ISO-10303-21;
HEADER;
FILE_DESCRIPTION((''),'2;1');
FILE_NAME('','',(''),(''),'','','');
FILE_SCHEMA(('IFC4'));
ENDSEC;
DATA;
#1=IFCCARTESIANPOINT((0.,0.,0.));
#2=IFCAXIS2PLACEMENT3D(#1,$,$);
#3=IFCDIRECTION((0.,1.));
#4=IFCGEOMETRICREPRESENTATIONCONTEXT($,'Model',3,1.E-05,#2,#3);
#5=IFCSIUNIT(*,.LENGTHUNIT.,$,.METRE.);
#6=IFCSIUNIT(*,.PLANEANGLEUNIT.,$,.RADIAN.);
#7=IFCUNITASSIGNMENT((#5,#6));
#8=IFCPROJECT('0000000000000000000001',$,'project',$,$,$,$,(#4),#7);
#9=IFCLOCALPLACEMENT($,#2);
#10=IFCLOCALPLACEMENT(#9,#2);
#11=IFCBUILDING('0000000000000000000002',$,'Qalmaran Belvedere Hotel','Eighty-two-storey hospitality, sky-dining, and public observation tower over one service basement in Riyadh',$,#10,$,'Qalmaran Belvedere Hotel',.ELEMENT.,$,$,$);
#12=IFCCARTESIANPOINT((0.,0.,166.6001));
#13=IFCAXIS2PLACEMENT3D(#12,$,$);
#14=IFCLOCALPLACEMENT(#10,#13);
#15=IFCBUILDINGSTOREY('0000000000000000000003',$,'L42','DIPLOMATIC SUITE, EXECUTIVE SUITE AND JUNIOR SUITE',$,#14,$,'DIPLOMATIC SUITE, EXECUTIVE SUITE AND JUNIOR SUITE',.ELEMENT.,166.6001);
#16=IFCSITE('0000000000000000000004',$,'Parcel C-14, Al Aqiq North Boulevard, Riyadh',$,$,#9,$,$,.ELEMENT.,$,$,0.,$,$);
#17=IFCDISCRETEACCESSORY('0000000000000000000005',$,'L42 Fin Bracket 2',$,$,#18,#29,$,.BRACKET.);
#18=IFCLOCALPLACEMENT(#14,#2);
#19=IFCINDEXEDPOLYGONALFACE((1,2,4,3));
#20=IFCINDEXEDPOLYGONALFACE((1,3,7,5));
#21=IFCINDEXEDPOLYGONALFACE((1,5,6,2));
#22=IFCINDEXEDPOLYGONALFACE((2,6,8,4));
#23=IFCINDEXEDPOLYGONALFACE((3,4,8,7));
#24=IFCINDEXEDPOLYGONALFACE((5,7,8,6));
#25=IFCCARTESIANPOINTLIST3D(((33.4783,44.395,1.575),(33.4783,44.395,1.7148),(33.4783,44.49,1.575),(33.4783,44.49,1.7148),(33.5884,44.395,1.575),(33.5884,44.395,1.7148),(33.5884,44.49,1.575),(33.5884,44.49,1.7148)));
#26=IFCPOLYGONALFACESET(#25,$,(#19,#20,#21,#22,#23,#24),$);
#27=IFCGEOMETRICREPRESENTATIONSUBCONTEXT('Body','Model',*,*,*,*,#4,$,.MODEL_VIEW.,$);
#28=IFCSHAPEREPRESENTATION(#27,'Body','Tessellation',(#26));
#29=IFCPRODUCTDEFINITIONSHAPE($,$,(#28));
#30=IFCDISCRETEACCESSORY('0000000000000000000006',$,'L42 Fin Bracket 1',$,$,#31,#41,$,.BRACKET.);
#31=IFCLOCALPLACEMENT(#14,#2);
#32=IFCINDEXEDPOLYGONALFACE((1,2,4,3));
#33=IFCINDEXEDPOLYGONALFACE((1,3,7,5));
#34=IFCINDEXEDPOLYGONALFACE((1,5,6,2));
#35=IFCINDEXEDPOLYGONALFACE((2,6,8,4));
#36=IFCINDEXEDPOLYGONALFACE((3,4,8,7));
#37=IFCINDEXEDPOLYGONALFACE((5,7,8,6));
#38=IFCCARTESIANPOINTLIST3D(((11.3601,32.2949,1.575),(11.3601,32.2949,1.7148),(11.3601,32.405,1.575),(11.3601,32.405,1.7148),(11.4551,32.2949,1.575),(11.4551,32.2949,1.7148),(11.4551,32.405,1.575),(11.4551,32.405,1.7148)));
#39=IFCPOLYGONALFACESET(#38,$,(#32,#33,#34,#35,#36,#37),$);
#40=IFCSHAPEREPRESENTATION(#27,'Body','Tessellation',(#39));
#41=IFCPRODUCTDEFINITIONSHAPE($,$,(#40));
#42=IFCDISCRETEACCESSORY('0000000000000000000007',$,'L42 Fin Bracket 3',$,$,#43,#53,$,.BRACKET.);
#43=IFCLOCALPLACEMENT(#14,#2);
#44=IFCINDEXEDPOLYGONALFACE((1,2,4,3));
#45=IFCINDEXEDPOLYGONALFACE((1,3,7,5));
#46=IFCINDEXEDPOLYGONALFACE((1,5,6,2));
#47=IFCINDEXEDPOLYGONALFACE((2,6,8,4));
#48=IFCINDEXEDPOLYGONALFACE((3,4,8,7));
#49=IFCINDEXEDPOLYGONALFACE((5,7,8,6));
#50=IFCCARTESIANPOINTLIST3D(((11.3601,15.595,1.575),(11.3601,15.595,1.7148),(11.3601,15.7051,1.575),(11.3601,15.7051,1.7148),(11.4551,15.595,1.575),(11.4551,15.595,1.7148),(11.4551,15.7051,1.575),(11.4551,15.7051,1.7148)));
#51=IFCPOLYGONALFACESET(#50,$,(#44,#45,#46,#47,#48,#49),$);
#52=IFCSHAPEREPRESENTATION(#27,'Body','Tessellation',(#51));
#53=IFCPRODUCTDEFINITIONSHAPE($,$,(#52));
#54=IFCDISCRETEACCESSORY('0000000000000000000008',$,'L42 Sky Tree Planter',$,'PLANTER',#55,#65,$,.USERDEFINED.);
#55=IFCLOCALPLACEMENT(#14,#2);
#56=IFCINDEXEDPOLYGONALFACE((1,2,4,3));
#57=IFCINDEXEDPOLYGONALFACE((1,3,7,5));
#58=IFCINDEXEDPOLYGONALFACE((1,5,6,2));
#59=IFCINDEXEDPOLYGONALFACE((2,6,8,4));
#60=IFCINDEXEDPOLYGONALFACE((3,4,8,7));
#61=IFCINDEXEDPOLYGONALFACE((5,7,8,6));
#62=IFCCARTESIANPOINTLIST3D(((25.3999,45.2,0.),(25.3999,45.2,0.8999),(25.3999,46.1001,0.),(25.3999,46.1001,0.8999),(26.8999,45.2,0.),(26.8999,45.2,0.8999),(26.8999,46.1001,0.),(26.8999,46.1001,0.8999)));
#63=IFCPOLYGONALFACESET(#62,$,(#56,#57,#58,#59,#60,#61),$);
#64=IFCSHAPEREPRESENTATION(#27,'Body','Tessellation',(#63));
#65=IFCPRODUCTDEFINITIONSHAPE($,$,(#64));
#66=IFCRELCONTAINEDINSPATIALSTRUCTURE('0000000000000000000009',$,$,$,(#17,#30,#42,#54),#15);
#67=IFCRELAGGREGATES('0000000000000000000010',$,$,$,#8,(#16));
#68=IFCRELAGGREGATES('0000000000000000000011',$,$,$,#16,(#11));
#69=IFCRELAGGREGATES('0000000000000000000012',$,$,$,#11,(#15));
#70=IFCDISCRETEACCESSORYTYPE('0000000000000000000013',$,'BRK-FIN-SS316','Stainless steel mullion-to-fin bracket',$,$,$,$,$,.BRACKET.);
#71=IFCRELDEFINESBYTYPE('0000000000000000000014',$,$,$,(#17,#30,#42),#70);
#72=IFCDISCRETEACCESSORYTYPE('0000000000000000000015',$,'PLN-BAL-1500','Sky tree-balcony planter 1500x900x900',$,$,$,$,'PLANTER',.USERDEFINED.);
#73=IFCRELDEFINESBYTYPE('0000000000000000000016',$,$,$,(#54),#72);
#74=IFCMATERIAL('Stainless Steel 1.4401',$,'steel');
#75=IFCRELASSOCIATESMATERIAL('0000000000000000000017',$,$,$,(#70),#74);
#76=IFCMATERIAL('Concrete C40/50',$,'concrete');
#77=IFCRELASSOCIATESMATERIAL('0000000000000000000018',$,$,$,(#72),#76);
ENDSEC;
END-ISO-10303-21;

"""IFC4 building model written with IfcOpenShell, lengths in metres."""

from ifc_helpers import new_model, si_unit, direction, frame, origin, place, context, subcontext, project, spatial, polyline, outline, extrude, material, type_object, element, save


model = new_model("IFC4")

# Units and contexts
model_context = context("Model", 3, precision=1e-05, world=origin(), true_north=direction((0.0, 1.0)))
body_context = subcontext(model_context, "Body", "Model", "MODEL_VIEW")
ifc_project = project(units=[si_unit("LENGTHUNIT", "METRE"), si_unit("PLANEANGLEUNIT", "RADIAN")], contexts=[model_context])

# Site, building, storey
site_placement = place(None, origin())
site = spatial("IfcSite", under=ifc_project, at=site_placement, Name="Parcel C-14, Al Aqiq North Boulevard, Riyadh", CompositionType="ELEMENT", RefElevation=0.0)
building_placement = place(site_placement, origin())
building = spatial("IfcBuilding", under=site, at=building_placement, Name="Qalmaran Belvedere Hotel", Description="Eighty-two-storey hospitality, sky-dining, and public observation tower over one service basement in Riyadh", LongName="Qalmaran Belvedere Hotel", CompositionType="ELEMENT")
storey_placement = place(building_placement, frame((0.0, 0.0, 166.6001)))
storey = spatial("IfcBuildingStorey", under=building, at=storey_placement, Name="L42", Description="DIPLOMATIC SUITE, EXECUTIVE SUITE AND JUNIOR SUITE", LongName="DIPLOMATIC SUITE, EXECUTIVE SUITE AND JUNIOR SUITE", CompositionType="ELEMENT", Elevation=166.6001)

# Shared definitions
ifc_material_1 = material(Name="Concrete C40/50", Category="concrete")

# Discrete accessories
ifc_material_2 = material(Name="Stainless Steel 1.4401", Category="steel")
discrete_accessory_type_1 = type_object("IfcDiscreteAccessoryType", Name="BRK-FIN-SS316", Description="Stainless steel mullion-to-fin bracket", PredefinedType="BRACKET", material=ifc_material_2)
discrete_accessory_1_placement = place(storey_placement, frame((0.0, 0.0, 1.575)))
element("IfcDiscreteAccessory", 1, at=discrete_accessory_1_placement, inside=storey, type_object=discrete_accessory_type_1, Name="L42 Fin Bracket 2", PredefinedType="BRACKET", context=body_context, shape_type="SweptSolid", body=[
    extrude(outline(polyline([(33.5884, 44.395), (33.5884, 44.49), (33.4783, 44.49), (33.4783, 44.395), (33.5884, 44.395)])), origin(), (0.0, 0.0, 1.0), 0.1399),
])
discrete_accessory_2_placement = place(storey_placement, frame((0.0, 0.0, 1.575)))
element("IfcDiscreteAccessory", 2, at=discrete_accessory_2_placement, inside=storey, type_object=discrete_accessory_type_1, Name="L42 Fin Bracket 1", PredefinedType="BRACKET", context=body_context, shape_type="SweptSolid", body=[
    extrude(outline(polyline([(11.4551, 32.405), (11.3601, 32.405), (11.3601, 32.2949), (11.4551, 32.2949), (11.4551, 32.405)])), origin(), (0.0, 0.0, 1.0), 0.1399),
])
discrete_accessory_3_placement = place(storey_placement, frame((0.0, 0.0, 1.575)))
element("IfcDiscreteAccessory", 3, at=discrete_accessory_3_placement, inside=storey, type_object=discrete_accessory_type_1, Name="L42 Fin Bracket 3", PredefinedType="BRACKET", context=body_context, shape_type="SweptSolid", body=[
    extrude(outline(polyline([(11.4551, 15.7051), (11.3601, 15.7051), (11.3601, 15.595), (11.4551, 15.595), (11.4551, 15.7051)])), origin(), (0.0, 0.0, 1.0), 0.1399),
])
discrete_accessory_type_2 = type_object("IfcDiscreteAccessoryType", Name="PLN-BAL-1500", Description="Sky tree-balcony planter 1500x900x900", ElementType="PLANTER", PredefinedType="USERDEFINED", material=ifc_material_1)
discrete_accessory_4_placement = place(storey_placement, origin())
element("IfcDiscreteAccessory", 4, at=discrete_accessory_4_placement, inside=storey, type_object=discrete_accessory_type_2, Name="L42 Sky Tree Planter", ObjectType="PLANTER", PredefinedType="USERDEFINED", context=body_context, shape_type="SweptSolid", body=[
    extrude(outline(polyline([(25.3999, 45.2), (26.8999, 45.2), (26.8999, 46.1001), (25.3999, 46.1001), (25.3999, 45.2)])), origin(), (0.0, 0.0, 1.0), 0.8999),
])

save(model, "model.ifc")
